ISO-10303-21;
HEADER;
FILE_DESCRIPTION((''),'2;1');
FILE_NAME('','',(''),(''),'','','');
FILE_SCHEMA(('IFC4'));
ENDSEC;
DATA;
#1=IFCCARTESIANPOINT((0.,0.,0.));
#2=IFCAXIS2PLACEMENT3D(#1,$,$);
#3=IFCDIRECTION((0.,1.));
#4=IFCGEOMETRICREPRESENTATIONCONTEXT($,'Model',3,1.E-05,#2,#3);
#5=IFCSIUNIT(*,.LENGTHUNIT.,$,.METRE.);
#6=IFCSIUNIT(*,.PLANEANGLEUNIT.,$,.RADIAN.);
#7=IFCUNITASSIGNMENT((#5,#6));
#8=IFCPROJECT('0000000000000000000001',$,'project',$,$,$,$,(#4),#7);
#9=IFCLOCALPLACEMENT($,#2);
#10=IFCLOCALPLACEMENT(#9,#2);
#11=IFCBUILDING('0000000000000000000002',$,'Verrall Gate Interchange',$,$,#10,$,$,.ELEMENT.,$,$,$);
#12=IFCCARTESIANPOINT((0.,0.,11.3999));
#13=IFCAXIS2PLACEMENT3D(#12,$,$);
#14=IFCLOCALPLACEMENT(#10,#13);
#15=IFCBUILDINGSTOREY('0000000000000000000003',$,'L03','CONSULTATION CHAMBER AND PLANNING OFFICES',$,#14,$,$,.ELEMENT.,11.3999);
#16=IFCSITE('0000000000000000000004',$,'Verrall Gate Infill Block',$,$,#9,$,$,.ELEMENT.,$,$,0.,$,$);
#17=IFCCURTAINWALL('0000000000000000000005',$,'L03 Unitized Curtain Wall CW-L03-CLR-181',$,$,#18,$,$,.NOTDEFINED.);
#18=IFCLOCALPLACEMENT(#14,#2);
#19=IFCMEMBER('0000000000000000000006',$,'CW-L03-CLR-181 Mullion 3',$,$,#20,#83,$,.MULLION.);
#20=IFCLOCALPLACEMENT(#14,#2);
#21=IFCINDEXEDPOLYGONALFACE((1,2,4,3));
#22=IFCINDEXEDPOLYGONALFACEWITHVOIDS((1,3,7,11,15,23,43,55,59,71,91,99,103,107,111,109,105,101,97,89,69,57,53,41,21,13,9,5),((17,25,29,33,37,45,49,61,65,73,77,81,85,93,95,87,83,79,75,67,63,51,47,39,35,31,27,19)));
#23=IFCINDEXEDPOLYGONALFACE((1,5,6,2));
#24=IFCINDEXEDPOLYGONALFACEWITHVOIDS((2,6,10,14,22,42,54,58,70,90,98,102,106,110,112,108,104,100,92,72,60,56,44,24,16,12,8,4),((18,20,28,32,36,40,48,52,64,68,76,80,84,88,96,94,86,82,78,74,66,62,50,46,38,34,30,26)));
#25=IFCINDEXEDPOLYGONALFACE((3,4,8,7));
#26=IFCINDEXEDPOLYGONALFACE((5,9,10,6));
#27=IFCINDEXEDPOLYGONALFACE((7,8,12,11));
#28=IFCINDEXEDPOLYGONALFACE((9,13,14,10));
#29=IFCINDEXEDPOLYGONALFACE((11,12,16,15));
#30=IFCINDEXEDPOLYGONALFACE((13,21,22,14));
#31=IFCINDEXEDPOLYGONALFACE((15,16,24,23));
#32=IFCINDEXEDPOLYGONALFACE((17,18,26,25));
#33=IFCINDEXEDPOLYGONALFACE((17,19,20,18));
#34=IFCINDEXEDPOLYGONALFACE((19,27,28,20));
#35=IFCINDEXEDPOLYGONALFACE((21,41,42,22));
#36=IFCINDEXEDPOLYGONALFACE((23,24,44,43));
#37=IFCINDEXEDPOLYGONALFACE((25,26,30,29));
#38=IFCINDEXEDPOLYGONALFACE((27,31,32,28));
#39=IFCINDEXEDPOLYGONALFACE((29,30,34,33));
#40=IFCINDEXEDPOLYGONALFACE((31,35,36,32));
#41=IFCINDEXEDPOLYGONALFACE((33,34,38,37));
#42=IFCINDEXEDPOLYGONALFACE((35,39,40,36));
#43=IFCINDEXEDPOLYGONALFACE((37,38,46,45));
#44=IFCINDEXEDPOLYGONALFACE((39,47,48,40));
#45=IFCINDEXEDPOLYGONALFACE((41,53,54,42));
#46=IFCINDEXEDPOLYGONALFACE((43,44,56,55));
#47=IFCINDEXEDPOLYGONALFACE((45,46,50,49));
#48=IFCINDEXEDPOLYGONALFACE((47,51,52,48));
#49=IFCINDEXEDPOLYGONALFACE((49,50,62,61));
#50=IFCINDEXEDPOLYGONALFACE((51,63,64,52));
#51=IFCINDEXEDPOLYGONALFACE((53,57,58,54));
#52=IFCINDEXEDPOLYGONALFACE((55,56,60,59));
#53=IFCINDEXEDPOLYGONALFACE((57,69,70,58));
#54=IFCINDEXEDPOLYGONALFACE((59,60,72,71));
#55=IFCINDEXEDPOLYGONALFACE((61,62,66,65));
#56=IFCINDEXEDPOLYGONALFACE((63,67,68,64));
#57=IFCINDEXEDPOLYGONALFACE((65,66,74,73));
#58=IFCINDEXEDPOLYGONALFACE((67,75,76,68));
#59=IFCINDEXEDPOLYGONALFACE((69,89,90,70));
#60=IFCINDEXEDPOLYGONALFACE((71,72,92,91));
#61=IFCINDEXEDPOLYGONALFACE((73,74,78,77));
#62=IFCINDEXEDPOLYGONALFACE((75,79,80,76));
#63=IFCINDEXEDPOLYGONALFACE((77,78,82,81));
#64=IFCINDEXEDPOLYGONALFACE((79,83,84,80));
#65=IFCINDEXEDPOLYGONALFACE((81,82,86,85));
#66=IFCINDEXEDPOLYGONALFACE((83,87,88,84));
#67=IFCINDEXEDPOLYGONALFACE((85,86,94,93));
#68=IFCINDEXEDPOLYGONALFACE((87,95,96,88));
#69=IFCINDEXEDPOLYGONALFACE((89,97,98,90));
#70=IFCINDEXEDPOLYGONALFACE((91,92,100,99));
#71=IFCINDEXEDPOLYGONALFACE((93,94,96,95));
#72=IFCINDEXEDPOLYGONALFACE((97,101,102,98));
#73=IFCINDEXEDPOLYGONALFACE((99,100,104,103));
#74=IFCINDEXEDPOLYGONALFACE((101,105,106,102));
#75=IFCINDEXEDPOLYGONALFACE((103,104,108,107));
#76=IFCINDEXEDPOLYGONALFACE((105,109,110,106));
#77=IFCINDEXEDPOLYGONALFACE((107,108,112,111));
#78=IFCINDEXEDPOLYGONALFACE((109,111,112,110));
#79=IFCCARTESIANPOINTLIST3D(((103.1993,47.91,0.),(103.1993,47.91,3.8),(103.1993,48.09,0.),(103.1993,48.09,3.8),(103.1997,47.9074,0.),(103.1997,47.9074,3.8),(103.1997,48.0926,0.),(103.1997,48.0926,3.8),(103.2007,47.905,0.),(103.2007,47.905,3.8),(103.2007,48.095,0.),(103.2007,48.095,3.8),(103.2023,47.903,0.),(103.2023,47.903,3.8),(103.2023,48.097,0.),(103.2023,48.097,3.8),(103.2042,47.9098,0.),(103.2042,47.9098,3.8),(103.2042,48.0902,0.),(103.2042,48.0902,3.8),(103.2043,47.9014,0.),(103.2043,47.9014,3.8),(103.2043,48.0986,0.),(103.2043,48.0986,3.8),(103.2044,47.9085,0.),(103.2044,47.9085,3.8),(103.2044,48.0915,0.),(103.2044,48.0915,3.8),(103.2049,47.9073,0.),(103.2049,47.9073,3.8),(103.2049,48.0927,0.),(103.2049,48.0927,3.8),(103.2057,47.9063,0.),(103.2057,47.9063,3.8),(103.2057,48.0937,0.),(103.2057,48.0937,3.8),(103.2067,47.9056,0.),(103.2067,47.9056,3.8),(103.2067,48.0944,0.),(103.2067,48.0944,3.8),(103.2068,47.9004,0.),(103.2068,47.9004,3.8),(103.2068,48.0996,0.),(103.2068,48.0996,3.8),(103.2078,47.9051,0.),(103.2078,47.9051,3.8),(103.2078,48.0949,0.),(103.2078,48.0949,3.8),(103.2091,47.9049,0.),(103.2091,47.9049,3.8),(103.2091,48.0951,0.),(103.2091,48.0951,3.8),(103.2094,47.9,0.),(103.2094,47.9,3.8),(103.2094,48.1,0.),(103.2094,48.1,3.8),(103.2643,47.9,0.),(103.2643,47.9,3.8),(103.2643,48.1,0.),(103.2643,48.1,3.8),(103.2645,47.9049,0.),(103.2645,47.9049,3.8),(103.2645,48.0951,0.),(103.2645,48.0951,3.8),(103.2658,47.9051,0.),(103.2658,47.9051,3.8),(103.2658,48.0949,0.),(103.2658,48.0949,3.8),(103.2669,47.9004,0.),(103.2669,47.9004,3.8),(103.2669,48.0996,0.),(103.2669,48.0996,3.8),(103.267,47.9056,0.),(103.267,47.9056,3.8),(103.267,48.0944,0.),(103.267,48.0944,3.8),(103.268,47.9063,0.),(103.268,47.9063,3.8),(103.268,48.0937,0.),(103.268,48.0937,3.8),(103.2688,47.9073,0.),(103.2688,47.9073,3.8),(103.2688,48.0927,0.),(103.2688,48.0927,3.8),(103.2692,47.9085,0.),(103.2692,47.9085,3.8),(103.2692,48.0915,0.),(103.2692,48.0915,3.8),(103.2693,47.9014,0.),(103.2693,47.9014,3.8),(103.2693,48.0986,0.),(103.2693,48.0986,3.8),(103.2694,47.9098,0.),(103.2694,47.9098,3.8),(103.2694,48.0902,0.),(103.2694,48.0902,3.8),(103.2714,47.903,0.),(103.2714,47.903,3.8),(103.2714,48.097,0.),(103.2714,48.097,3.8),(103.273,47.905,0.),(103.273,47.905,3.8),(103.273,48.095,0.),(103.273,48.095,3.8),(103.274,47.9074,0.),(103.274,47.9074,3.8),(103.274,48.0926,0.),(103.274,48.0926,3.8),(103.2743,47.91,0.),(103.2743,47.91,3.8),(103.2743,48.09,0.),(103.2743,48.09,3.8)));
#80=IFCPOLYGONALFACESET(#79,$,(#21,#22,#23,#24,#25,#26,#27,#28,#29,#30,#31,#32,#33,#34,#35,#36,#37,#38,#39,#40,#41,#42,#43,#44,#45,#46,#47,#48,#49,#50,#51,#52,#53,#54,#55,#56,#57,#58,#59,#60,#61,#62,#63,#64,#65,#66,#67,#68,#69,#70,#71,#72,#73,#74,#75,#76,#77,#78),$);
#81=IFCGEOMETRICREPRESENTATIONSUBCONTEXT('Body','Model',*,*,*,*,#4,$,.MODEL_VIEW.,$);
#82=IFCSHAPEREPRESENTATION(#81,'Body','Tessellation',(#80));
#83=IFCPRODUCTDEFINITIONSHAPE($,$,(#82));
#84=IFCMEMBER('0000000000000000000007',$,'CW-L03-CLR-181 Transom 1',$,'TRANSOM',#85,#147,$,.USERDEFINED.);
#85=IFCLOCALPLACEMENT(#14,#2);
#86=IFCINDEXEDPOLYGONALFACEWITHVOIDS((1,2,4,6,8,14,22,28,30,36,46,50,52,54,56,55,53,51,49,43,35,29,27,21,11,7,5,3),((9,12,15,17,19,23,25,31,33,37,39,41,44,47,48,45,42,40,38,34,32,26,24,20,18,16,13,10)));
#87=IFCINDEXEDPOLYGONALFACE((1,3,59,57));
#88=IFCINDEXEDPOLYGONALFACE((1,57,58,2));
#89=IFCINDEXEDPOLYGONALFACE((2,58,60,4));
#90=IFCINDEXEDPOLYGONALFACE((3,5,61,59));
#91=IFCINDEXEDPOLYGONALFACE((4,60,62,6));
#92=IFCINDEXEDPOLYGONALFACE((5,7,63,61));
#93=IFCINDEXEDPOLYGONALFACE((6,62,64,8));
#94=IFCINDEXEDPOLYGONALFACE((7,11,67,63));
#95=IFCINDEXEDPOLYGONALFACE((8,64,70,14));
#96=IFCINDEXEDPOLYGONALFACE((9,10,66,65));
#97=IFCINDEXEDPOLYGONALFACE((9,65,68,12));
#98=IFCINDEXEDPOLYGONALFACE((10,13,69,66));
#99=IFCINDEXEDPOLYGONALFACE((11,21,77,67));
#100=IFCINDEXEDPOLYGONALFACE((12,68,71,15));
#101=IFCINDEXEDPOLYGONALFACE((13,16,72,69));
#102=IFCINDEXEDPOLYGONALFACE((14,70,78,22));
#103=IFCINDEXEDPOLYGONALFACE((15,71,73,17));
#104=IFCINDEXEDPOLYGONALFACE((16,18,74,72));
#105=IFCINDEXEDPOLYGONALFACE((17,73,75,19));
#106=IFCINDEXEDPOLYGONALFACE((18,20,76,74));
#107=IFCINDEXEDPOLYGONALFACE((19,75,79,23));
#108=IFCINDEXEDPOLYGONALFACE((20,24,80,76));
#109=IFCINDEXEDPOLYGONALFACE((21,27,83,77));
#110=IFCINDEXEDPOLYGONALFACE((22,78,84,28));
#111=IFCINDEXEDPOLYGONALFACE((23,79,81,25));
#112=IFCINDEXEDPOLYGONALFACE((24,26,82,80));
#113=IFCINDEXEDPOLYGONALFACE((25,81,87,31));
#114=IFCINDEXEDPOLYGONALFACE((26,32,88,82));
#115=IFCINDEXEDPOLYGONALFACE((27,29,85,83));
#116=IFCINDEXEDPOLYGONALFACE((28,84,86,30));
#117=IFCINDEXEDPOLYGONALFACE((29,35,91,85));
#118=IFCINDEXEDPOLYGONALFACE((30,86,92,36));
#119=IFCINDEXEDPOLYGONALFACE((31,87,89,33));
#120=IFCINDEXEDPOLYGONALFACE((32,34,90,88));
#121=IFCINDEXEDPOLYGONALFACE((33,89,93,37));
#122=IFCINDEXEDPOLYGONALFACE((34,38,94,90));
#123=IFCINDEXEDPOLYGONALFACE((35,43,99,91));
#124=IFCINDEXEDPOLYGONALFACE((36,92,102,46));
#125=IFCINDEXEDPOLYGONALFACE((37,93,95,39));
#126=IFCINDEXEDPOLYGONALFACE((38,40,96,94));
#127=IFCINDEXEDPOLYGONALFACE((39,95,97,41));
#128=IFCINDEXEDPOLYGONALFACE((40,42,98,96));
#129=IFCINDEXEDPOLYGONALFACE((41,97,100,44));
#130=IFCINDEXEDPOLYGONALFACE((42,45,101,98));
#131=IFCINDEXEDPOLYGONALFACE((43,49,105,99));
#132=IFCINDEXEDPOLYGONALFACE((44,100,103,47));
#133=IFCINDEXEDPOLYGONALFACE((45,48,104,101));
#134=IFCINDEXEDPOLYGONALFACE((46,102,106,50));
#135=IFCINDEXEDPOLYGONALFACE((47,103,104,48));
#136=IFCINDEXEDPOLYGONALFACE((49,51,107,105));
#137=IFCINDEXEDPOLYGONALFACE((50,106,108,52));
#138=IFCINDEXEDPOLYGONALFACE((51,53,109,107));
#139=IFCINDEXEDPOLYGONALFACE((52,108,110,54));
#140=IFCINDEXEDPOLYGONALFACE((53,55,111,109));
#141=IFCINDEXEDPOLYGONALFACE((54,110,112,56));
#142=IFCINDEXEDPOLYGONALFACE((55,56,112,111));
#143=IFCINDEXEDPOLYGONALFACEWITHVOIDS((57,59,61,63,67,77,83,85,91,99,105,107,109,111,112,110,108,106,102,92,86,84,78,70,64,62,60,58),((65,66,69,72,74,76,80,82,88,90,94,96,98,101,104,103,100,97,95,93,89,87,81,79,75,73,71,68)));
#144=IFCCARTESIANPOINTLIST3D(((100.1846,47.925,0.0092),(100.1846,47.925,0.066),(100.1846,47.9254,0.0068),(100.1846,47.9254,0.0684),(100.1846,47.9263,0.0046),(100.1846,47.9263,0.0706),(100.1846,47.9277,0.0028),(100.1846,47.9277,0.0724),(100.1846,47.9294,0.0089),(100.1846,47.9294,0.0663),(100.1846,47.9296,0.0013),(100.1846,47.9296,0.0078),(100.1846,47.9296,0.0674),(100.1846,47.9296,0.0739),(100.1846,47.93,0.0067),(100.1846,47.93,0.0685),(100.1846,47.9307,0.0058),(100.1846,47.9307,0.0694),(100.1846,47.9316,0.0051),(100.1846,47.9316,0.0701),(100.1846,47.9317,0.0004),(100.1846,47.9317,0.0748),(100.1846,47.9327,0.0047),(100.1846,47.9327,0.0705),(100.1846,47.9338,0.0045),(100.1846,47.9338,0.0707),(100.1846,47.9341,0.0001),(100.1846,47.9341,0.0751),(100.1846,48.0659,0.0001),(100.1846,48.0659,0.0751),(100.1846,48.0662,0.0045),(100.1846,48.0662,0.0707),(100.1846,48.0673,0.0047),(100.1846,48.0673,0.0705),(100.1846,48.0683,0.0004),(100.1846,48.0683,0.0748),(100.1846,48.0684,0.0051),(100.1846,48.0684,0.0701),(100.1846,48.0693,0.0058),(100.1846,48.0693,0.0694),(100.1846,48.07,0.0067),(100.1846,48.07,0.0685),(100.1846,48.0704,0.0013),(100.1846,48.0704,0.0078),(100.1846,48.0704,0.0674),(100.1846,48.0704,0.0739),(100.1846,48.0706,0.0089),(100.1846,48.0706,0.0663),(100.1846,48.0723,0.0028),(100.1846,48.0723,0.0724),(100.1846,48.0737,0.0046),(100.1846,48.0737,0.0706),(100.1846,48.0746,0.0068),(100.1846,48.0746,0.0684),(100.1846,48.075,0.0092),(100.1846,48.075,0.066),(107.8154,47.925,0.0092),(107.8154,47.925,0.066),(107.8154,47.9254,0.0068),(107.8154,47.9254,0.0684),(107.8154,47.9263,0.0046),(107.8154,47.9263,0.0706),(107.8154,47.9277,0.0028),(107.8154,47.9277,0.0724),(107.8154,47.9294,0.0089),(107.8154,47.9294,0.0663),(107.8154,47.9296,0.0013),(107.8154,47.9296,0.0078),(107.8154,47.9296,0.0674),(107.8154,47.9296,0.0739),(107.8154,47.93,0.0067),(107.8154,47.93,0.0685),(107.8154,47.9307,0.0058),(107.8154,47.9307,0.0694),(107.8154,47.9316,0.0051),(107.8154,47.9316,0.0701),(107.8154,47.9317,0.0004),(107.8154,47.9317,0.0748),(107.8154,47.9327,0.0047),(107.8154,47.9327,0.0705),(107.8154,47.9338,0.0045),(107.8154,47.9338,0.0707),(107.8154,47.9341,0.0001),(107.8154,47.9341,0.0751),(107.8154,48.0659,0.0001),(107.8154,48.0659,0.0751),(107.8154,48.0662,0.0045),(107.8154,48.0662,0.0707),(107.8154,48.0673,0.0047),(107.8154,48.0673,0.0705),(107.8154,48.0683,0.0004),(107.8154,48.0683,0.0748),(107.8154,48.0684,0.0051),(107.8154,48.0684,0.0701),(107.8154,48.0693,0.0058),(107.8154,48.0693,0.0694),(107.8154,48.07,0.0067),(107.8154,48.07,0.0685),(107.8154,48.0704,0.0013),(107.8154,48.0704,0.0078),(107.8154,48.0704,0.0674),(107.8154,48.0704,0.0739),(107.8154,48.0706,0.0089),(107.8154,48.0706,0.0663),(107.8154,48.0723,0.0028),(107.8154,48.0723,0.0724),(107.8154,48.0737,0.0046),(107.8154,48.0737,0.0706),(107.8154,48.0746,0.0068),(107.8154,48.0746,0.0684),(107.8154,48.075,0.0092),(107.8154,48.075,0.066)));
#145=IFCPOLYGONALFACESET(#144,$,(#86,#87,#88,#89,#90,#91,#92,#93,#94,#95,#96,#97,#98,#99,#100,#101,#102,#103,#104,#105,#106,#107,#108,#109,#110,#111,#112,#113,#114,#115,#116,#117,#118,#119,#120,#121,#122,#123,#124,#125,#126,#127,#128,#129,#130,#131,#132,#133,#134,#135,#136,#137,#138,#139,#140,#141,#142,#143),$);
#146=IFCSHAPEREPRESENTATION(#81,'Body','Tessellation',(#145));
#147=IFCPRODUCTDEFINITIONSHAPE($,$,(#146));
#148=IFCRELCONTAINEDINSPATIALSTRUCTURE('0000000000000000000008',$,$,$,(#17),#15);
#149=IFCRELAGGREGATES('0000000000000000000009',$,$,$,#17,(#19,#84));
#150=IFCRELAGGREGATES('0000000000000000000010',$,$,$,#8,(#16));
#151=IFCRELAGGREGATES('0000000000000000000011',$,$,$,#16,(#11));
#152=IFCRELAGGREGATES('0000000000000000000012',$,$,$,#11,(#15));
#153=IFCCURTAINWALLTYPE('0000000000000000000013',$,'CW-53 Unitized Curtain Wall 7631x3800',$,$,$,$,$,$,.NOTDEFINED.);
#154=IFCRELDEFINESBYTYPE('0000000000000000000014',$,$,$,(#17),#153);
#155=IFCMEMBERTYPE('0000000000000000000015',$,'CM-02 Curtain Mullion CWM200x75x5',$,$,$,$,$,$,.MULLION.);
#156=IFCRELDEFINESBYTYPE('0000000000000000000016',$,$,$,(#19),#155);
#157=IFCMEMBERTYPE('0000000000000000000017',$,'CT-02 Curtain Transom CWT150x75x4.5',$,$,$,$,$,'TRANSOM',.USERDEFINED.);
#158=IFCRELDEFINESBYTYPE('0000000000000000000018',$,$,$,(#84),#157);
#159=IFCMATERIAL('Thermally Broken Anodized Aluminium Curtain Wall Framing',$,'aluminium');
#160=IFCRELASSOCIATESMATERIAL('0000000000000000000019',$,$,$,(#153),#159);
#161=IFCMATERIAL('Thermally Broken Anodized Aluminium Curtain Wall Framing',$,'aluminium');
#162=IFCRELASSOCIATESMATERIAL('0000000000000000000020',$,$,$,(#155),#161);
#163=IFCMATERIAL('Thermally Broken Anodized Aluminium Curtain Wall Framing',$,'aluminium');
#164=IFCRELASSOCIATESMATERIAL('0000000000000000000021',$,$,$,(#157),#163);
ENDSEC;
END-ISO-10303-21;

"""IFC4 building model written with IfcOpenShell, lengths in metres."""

from ifc_helpers import new_model, si_unit, direction, frame, origin, origin_2d, place, context, subcontext, project, spatial, hollow_rectangle, extrude, material, material_profile, profile_set, type_object, element, aggregate, save


model = new_model("IFC4")

# Units and contexts
model_context = context("Model", 3, precision=1e-05, world=origin(), true_north=direction((0.0, 1.0)))
body_context = subcontext(model_context, "Body", "Model", "MODEL_VIEW")
ifc_project = project(units=[si_unit("LENGTHUNIT", "METRE"), si_unit("PLANEANGLEUNIT", "RADIAN")], contexts=[model_context])

# Site, building, storey
site_placement = place(None, origin())
site = spatial("IfcSite", under=ifc_project, at=site_placement, Name="Verrall Gate Infill Block", CompositionType="ELEMENT", RefElevation=0.0)
building_placement = place(site_placement, origin())
building = spatial("IfcBuilding", under=site, at=building_placement, Name="Verrall Gate Interchange", CompositionType="ELEMENT")
storey_placement = place(building_placement, frame((0.0, 0.0, 11.3999)))
storey = spatial("IfcBuildingStorey", under=building, at=storey_placement, Name="L03", Description="CONSULTATION CHAMBER AND PLANNING OFFICES", CompositionType="ELEMENT", Elevation=11.3999)

# Curtain wall, members
ifc_material_1 = material(Name="Thermally Broken Anodized Aluminium Curtain Wall Framing", Category="aluminium")
curtain_wall_type = type_object("IfcCurtainWallType", Name="CW-53 Unitized Curtain Wall 7631x3800", PredefinedType="NOTDEFINED", material=ifc_material_1)
ifc_material_2 = material(Name="Thermally Broken Anodized Aluminium Curtain Wall Framing", Category="aluminium")
ifc_material_profile_1 = material_profile(ifc_material_2, hollow_rectangle(XDim=0.075, YDim=0.2, WallThickness=0.0049, InnerFilletRadius=0.0049, OuterFilletRadius=0.01, at=origin_2d()), Name="CWM200x75x5")
ifc_profile_set_1 = profile_set([ifc_material_profile_1], Name="Thermally Broken Anodized Aluminium Curtain Wall Framing")
member_type_1 = type_object("IfcMemberType", Name="CM-02 Curtain Mullion CWM200x75x5", PredefinedType="MULLION", material=ifc_profile_set_1)
curtain_wall_1_placement = place(storey_placement, origin())
curtain_wall_1 = element("IfcCurtainWall", 1, at=curtain_wall_1_placement, inside=storey, type_object=curtain_wall_type, Name="L03 Unitized Curtain Wall CW-L03-CLR-181", PredefinedType="NOTDEFINED")
member_1_placement = place(storey_placement, frame((103.2368, 48.0, 0.0), z_axis=(0.0, 0.0, 1.0), x_axis=(1.0, 0.0, 0.0)))
member_1 = element("IfcMember", 2, at=member_1_placement, type_object=member_type_1, Name="CW-L03-CLR-181 Mullion 3", PredefinedType="MULLION", context=body_context, shape_type="SweptSolid", body=[
    extrude(hollow_rectangle(XDim=0.075, YDim=0.2, WallThickness=0.0049, InnerFilletRadius=0.0049, OuterFilletRadius=0.01, at=origin_2d()), origin(), (0.0, 0.0, 1.0), 3.8),
])
ifc_material_3 = material(Name="Thermally Broken Anodized Aluminium Curtain Wall Framing", Category="aluminium")
ifc_material_profile_2 = material_profile(ifc_material_3, hollow_rectangle(XDim=0.1499, YDim=0.075, WallThickness=0.0044, InnerFilletRadius=0.0044, OuterFilletRadius=0.009, at=origin_2d()), Name="CWT150x75x4.5")
ifc_profile_set_2 = profile_set([ifc_material_profile_2], Name="Thermally Broken Anodized Aluminium Curtain Wall Framing")
member_type_2 = type_object("IfcMemberType", Name="CT-02 Curtain Transom CWT150x75x4.5", ElementType="TRANSOM", PredefinedType="USERDEFINED", material=ifc_profile_set_2)
member_2_placement = place(storey_placement, frame((100.1846, 48.0, 0.0376), z_axis=(1.0, 0.0, 0.0), x_axis=(0.0, 1.0, 0.0)))
member_2 = element("IfcMember", 3, at=member_2_placement, type_object=member_type_2, Name="CW-L03-CLR-181 Transom 1", ObjectType="TRANSOM", PredefinedType="USERDEFINED", context=body_context, shape_type="SweptSolid", body=[
    extrude(hollow_rectangle(XDim=0.1499, YDim=0.075, WallThickness=0.0044, InnerFilletRadius=0.0044, OuterFilletRadius=0.009, at=origin_2d()), origin(), (0.0, 0.0, 1.0), 7.6309),
])

aggregate(curtain_wall_1, [member_1, member_2])

save(model, "model.ifc")
